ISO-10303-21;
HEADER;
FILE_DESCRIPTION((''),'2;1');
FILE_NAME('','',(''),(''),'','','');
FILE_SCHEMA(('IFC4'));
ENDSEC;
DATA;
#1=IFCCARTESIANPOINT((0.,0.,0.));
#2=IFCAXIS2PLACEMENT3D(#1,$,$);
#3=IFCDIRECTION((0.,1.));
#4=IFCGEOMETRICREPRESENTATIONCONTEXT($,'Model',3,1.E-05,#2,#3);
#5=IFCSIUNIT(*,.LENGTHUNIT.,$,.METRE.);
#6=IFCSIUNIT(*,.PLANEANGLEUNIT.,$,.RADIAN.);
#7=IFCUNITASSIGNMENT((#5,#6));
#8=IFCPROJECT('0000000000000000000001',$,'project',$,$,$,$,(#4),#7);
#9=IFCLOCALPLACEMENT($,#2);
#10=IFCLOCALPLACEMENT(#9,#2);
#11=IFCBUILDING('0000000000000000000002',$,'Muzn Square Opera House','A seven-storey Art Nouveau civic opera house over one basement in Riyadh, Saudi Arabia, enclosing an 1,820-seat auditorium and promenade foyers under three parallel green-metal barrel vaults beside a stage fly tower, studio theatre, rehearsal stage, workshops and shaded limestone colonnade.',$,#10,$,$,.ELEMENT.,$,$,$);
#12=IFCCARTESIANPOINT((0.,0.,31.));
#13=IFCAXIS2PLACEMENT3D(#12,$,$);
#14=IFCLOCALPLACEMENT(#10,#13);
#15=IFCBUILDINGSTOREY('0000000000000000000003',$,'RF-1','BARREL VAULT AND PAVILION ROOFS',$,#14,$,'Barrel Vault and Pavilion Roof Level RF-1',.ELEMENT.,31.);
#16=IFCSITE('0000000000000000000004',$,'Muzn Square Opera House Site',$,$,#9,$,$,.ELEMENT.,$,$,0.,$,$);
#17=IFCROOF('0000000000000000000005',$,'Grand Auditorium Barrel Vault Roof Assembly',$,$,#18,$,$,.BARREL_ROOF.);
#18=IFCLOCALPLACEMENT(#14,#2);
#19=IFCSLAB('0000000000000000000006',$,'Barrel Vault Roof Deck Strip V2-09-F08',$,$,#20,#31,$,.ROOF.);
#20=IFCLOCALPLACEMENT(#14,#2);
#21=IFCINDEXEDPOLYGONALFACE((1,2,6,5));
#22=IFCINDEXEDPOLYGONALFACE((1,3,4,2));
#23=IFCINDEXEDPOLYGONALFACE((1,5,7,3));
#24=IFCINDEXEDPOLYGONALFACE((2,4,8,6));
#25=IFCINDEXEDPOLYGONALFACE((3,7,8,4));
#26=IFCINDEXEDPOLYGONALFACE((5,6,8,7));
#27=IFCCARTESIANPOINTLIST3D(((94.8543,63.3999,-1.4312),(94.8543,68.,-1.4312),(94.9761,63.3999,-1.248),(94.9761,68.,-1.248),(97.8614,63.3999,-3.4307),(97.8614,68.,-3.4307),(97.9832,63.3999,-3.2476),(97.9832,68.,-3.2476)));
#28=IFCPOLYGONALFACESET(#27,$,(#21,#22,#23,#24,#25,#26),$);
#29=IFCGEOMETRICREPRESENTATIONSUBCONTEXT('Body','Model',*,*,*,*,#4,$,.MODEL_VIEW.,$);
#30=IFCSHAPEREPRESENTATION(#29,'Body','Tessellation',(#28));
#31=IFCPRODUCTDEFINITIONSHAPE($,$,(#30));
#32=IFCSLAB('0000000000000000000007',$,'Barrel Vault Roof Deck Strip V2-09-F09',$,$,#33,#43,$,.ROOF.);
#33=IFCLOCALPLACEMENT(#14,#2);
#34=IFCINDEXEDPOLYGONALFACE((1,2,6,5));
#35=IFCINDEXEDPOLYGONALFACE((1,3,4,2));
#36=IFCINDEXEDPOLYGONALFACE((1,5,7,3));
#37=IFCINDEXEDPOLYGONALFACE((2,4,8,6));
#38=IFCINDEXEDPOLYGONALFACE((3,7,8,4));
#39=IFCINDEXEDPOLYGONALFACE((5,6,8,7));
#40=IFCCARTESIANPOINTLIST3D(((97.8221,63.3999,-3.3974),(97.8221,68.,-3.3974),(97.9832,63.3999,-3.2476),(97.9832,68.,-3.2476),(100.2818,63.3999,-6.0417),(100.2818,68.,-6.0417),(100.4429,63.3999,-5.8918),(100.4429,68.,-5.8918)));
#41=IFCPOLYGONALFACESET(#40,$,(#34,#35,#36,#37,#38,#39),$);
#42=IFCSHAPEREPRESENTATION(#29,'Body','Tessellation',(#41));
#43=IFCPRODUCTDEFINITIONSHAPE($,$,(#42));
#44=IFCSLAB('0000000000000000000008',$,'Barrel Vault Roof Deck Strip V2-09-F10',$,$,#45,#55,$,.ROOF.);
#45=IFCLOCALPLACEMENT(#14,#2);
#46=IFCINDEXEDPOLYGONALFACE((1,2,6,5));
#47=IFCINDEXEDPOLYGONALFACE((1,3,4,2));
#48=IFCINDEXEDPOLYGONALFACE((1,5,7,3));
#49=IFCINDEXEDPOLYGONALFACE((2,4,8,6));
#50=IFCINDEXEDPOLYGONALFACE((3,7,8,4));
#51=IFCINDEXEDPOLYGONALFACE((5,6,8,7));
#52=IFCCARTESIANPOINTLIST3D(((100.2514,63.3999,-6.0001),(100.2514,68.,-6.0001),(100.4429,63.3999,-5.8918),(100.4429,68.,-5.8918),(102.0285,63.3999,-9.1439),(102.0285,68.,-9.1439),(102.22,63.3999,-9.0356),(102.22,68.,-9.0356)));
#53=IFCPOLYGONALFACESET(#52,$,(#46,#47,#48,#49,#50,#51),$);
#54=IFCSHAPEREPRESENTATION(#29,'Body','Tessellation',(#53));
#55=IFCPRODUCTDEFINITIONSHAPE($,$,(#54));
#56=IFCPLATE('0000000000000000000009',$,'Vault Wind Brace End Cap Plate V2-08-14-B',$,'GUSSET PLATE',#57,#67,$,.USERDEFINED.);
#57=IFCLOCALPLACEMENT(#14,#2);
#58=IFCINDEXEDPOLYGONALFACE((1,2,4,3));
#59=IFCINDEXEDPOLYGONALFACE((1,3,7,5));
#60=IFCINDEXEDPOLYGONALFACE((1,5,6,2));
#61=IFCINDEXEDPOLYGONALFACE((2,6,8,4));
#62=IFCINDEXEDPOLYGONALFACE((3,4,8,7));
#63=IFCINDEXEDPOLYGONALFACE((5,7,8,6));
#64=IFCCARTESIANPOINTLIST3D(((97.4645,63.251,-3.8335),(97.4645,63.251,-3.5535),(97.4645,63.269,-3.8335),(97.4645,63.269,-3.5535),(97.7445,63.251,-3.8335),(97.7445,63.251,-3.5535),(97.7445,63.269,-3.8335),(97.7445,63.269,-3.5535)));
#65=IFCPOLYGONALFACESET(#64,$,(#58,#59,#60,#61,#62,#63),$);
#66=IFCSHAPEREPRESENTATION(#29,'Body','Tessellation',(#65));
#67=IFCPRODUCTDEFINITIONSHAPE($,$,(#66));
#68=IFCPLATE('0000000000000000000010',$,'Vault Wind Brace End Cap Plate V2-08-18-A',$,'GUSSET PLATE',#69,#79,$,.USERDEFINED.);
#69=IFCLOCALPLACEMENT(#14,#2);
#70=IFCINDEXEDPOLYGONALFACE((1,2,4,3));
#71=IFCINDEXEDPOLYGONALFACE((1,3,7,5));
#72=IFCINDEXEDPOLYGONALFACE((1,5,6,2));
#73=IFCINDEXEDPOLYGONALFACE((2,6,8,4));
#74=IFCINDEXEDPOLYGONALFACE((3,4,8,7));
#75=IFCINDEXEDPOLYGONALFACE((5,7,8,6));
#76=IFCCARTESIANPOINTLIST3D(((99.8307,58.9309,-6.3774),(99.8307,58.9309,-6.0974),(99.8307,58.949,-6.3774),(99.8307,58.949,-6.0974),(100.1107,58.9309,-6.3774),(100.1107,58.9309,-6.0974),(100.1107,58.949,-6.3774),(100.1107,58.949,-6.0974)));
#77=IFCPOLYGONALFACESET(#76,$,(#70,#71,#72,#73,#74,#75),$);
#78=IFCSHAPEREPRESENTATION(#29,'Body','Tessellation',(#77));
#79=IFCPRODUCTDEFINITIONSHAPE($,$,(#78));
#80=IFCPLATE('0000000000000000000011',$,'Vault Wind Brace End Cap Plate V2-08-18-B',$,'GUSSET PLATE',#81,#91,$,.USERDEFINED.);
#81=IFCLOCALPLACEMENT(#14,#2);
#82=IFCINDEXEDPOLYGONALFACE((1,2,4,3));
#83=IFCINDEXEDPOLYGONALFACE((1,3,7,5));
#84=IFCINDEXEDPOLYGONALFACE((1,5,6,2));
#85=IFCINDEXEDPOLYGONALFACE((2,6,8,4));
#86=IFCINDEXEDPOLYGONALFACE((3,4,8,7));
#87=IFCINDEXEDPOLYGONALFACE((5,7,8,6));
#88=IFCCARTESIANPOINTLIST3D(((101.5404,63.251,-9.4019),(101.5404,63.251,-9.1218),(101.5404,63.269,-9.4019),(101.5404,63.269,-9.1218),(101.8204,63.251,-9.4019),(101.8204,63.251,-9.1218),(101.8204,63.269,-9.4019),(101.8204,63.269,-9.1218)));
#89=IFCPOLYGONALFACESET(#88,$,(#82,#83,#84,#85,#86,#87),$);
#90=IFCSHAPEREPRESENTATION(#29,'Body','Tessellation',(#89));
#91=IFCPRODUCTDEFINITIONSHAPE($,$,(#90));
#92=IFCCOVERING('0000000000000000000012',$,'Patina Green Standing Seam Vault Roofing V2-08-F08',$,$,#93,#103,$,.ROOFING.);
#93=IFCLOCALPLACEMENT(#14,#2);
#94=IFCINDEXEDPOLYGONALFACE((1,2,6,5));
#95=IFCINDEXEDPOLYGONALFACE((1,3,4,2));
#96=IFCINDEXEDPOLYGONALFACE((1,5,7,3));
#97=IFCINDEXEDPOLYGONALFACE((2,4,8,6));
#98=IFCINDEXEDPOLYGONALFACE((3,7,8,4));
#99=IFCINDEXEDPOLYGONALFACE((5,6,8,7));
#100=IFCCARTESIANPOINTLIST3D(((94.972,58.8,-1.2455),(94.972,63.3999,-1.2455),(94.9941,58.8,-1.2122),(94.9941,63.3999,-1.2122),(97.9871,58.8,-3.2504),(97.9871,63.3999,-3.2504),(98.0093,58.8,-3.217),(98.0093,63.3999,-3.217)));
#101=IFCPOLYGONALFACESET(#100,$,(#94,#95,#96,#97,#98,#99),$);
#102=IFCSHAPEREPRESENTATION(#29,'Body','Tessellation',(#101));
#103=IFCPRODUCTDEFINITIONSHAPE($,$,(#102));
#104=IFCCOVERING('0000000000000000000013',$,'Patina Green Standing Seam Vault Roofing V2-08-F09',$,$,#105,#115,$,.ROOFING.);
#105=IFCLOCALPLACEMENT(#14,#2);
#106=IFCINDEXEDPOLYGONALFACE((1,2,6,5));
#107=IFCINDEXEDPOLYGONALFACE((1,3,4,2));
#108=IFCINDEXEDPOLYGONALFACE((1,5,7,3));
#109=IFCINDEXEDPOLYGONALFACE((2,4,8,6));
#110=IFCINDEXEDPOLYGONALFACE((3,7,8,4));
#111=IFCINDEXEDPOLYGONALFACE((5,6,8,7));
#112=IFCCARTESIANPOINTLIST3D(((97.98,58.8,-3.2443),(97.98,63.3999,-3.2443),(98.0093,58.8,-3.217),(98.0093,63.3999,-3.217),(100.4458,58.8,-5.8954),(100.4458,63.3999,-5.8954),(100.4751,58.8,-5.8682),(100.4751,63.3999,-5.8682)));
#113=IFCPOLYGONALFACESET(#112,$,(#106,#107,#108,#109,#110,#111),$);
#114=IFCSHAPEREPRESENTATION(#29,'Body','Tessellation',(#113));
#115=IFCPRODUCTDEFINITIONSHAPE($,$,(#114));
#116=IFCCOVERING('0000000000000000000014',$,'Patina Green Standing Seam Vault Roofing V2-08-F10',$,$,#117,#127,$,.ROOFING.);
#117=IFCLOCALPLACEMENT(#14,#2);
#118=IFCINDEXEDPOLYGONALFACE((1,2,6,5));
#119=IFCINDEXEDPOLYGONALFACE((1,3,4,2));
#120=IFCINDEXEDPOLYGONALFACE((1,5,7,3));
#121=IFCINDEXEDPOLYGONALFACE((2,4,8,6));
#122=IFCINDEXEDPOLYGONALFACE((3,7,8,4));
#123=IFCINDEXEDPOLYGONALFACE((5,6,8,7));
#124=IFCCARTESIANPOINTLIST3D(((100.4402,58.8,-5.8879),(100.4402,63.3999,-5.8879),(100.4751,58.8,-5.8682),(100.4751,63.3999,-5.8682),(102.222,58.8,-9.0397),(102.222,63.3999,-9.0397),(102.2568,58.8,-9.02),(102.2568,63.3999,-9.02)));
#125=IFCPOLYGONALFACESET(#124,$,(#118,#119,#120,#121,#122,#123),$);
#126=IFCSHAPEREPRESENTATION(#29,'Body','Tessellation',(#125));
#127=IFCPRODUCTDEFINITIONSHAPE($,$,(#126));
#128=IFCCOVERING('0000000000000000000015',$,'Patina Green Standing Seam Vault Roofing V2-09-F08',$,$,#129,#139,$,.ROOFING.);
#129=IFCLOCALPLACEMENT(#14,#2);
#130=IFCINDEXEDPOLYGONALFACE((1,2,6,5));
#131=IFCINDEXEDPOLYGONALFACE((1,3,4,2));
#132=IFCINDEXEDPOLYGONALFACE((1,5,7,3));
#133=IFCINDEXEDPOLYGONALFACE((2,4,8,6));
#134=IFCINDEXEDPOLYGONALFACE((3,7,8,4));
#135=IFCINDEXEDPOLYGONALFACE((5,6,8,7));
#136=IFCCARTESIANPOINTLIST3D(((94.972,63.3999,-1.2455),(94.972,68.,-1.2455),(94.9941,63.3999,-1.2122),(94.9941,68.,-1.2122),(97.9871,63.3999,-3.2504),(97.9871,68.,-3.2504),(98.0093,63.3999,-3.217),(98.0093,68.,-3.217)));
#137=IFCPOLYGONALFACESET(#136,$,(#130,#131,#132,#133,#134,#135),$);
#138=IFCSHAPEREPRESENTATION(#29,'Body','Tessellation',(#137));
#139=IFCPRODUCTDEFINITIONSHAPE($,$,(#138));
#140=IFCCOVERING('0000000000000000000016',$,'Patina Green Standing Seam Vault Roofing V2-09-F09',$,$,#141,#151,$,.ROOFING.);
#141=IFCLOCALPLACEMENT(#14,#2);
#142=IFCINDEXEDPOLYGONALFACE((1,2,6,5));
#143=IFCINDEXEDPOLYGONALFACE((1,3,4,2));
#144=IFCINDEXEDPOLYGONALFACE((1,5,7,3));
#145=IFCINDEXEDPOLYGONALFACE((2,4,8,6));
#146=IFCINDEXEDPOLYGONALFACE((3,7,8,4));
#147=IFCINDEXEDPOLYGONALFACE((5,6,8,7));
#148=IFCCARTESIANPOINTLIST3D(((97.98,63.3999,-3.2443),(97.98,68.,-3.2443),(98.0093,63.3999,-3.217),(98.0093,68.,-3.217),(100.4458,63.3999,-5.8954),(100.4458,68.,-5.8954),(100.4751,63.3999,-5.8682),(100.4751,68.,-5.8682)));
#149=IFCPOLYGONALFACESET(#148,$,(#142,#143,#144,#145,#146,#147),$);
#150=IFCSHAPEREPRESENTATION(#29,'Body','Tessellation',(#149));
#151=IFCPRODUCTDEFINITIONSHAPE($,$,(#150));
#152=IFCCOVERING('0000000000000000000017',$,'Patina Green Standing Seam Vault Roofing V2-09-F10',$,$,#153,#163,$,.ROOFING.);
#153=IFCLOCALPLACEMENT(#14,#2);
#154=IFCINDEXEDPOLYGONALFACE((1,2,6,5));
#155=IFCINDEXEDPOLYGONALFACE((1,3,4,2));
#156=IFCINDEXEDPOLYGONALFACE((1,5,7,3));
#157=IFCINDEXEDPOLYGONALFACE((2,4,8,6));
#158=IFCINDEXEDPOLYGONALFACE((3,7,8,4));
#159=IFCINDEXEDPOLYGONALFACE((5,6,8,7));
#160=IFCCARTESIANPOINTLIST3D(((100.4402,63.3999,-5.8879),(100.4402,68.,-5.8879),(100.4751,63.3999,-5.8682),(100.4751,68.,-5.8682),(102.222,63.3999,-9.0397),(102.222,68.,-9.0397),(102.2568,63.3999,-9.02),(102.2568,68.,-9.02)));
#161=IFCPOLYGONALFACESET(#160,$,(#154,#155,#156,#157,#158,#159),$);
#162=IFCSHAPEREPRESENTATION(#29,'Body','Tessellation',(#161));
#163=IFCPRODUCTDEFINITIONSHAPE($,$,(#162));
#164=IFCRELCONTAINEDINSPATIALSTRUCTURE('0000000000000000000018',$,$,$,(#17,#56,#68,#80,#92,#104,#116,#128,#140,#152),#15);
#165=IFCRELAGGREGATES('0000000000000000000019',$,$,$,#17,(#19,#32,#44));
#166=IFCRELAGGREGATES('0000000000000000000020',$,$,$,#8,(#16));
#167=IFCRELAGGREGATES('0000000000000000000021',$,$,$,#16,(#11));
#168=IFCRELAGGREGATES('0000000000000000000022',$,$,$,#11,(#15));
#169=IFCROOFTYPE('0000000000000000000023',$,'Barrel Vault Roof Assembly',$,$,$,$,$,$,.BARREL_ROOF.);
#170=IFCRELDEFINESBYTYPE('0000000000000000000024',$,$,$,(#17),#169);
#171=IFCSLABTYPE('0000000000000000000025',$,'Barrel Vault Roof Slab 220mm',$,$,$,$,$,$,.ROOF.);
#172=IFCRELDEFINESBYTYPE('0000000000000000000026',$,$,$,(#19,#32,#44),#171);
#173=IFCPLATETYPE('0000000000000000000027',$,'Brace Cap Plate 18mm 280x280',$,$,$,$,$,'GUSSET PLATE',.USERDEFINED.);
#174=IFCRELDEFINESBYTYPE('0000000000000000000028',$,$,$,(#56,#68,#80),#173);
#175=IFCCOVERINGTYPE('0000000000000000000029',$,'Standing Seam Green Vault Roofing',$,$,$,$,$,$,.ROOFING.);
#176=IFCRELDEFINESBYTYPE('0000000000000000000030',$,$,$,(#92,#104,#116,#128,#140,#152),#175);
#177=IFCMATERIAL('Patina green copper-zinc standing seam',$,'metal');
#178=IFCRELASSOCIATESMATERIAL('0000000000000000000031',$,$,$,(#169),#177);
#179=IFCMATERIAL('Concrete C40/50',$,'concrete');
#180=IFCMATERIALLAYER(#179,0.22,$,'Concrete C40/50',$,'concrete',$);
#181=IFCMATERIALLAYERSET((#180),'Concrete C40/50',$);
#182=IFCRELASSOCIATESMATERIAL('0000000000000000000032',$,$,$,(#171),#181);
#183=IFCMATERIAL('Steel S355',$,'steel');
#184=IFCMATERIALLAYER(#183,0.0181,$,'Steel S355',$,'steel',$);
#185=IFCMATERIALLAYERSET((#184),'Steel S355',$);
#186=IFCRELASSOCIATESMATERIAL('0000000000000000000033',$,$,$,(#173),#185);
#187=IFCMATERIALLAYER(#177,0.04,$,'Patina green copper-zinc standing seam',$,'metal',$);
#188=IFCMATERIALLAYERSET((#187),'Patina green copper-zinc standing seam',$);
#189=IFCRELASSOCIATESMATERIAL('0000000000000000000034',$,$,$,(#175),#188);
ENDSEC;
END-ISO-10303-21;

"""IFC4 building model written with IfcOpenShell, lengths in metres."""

from ifc_helpers import new_model, si_unit, direction, frame, origin, origin_2d, place, context, subcontext, project, spatial, polyline, rectangle, outline, extrude, material, layer, layer_set, type_object, element, aggregate, save


model = new_model("IFC4")

# Units and contexts
model_context = context("Model", 3, precision=1e-05, world=origin(), true_north=direction((0.0, 1.0)))
body_context = subcontext(model_context, "Body", "Model", "MODEL_VIEW")
ifc_project = project(units=[si_unit("LENGTHUNIT", "METRE"), si_unit("PLANEANGLEUNIT", "RADIAN")], contexts=[model_context])

# Site, building, storey
site_placement = place(None, origin())
site = spatial("IfcSite", under=ifc_project, at=site_placement, Name="Muzn Square Opera House Site", CompositionType="ELEMENT", RefElevation=0.0)
building_placement = place(site_placement, origin())
building = spatial("IfcBuilding", under=site, at=building_placement, Name="Muzn Square Opera House", Description="A seven-storey Art Nouveau civic opera house over one basement in Riyadh, Saudi Arabia, enclosing an 1,820-seat auditorium and promenade foyers under three parallel green-metal barrel vaults beside a stage fly tower, studio theatre, rehearsal stage, workshops and shaded limestone colonnade.", CompositionType="ELEMENT")
storey_placement = place(building_placement, frame((0.0, 0.0, 31.0)))
storey = spatial("IfcBuildingStorey", under=building, at=storey_placement, Name="RF-1", Description="BARREL VAULT AND PAVILION ROOFS", LongName="Barrel Vault and Pavilion Roof Level RF-1", CompositionType="ELEMENT", Elevation=31.0)

# Shared definitions
ifc_material_1 = material(Name="Steel S355", Category="steel")

# Roof, slabs
ifc_material_2 = material(Name="Patina green copper-zinc standing seam", Category="metal")
roof_type = type_object("IfcRoofType", Name="Barrel Vault Roof Assembly", PredefinedType="BARREL_ROOF", material=ifc_material_2)
roof_placement = place(storey_placement, origin())
roof = element("IfcRoof", 1, at=roof_placement, inside=storey, type_object=roof_type, Name="Grand Auditorium Barrel Vault Roof Assembly", PredefinedType="BARREL_ROOF")
ifc_material_3 = material(Name="Concrete C40/50", Category="concrete")
ifc_layer_1 = layer(ifc_material_3, 0.22, Name="Concrete C40/50", Category="concrete")
ifc_layer_set_1 = layer_set([ifc_layer_1], Name="Concrete C40/50")
slab_type = type_object("IfcSlabType", Name="Barrel Vault Roof Slab 220mm", PredefinedType="ROOF", material=ifc_layer_set_1)
slab_1_placement = place(storey_placement, frame((94.9761, 63.3999, -1.248), z_axis=(0.553701, 0.0, 0.832715), x_axis=(0.832715, 0.0, -0.553701)))
slab_1 = element("IfcSlab", 2, at=slab_1_placement, type_object=slab_type, Name="Barrel Vault Roof Deck Strip V2-09-F08", PredefinedType="ROOF", context=body_context, shape_type="SweptSolid", body=[
    extrude(outline(polyline([(0.0, 0.0), (3.6112, 0.0), (3.6112, 4.6001), (0.0, 4.6001), (0.0, 0.0)])), origin(), (0.0, 0.0, -1.0), 0.22),
])
slab_2_placement = place(storey_placement, frame((97.9832, 63.3999, -3.2476), z_axis=(0.732198, 0.0, 0.681091), x_axis=(0.681091, 0.0, -0.732198)))
slab_2 = element("IfcSlab", 3, at=slab_2_placement, type_object=slab_type, Name="Barrel Vault Roof Deck Strip V2-09-F09", PredefinedType="ROOF", context=body_context, shape_type="SweptSolid", body=[
    extrude(outline(polyline([(0.0, 0.0), (3.6114, 0.0), (3.6114, 4.6001), (0.0, 4.6001), (0.0, 0.0)])), origin(), (0.0, 0.0, -1.0), 0.22),
])
slab_3_placement = place(storey_placement, frame((100.4429, 63.3999, -5.8918), z_axis=(0.870543, 0.0, 0.492093), x_axis=(0.492093, 0.0, -0.870543)))
slab_3 = element("IfcSlab", 4, at=slab_3_placement, type_object=slab_type, Name="Barrel Vault Roof Deck Strip V2-09-F10", PredefinedType="ROOF", context=body_context, shape_type="SweptSolid", body=[
    extrude(outline(polyline([(0.0, 0.0), (3.6113, 0.0), (3.6113, 4.6001), (0.0, 4.6001), (0.0, 0.0)])), origin(), (0.0, 0.0, -1.0), 0.22),
])
aggregate(roof, [slab_1, slab_2, slab_3])

# Plates
ifc_layer_2 = layer(ifc_material_1, 0.0181, Name="Steel S355", Category="steel")
ifc_layer_set_2 = layer_set([ifc_layer_2], Name="Steel S355")
plate_type = type_object("IfcPlateType", Name="Brace Cap Plate 18mm 280x280", ElementType="GUSSET PLATE", PredefinedType="USERDEFINED", material=ifc_layer_set_2)
for number, where, z_axis, x_axis, name in (
    (5, (97.6045, 63.26, -3.8335), (0.0, 0.0, 1.0), (1.0, 0.0, 0.0), "Vault Wind Brace End Cap Plate V2-08-14-B"),
    (6, (99.9707, 58.9399, -6.3774), (0.0, 0.0, 1.0), (1.0, 0.0, 0.0), "Vault Wind Brace End Cap Plate V2-08-18-A"),
    (7, (101.6804, 63.26, -9.4019), (0.0, 0.0, 1.0), (1.0, 0.0, 0.0), "Vault Wind Brace End Cap Plate V2-08-18-B"),
):
    element("IfcPlate", number, at=place(storey_placement, frame(where, z_axis=z_axis, x_axis=x_axis)), inside=storey, type_object=plate_type, Name=name, ObjectType="GUSSET PLATE", PredefinedType="USERDEFINED", context=body_context, shape_type="SweptSolid", body=[
        extrude(rectangle(XDim=0.28, YDim=0.0181, at=origin_2d()), origin(), (0.0, 0.0, 1.0), 0.28),
    ])

# Coverings
ifc_layer_3 = layer(ifc_material_2, 0.04, Name="Patina green copper-zinc standing seam", Category="metal")
ifc_layer_set_3 = layer_set([ifc_layer_3], Name="Patina green copper-zinc standing seam")
covering_type = type_object("IfcCoveringType", Name="Standing Seam Green Vault Roofing", PredefinedType="ROOFING", material=ifc_layer_set_3)
covering_1_placement = place(storey_placement, frame((94.9941, 58.8, -1.2122), z_axis=(0.553704, 0.0, 0.832714), x_axis=(0.832714, 0.0, -0.553704)))
element("IfcCovering", 8, at=covering_1_placement, inside=storey, type_object=covering_type, Name="Patina Green Standing Seam Vault Roofing V2-08-F08", PredefinedType="ROOFING", context=body_context, shape_type="SweptSolid", body=[
    extrude(outline(polyline([(0.0, 0.0), (3.6209, 0.0), (3.6209, 4.5999), (0.0, 4.5999), (0.0, 0.0)])), origin(), (0.0, 0.0, -1.0), 0.04),
])
covering_2_placement = place(storey_placement, frame((98.0093, 58.8, -3.217), z_axis=(0.732234, 0.0, 0.681053), x_axis=(0.681053, 0.0, -0.732234)))
element("IfcCovering", 9, at=covering_2_placement, inside=storey, type_object=covering_type, Name="Patina Green Standing Seam Vault Roofing V2-08-F09", PredefinedType="ROOFING", context=body_context, shape_type="SweptSolid", body=[
    extrude(outline(polyline([(0.0, 0.0), (3.6206, 0.0), (3.6206, 4.5999), (0.0, 4.5999), (0.0, 0.0)])), origin(), (0.0, 0.0, -1.0), 0.04),
])
covering_3_placement = place(storey_placement, frame((100.4751, 58.8, -5.8682), z_axis=(0.870533, 0.0, 0.492111), x_axis=(0.492111, 0.0, -0.870533)))
element("IfcCovering", 10, at=covering_3_placement, inside=storey, type_object=covering_type, Name="Patina Green Standing Seam Vault Roofing V2-08-F10", PredefinedType="ROOFING", context=body_context, shape_type="SweptSolid", body=[
    extrude(outline(polyline([(0.0, 0.0), (3.6206, 0.0), (3.6206, 4.5999), (0.0, 4.5999), (0.0, 0.0)])), origin(), (0.0, 0.0, -1.0), 0.04),
])
covering_4_placement = place(storey_placement, frame((94.9941, 63.3999, -1.2122), z_axis=(0.553704, 0.0, 0.832714), x_axis=(0.832714, 0.0, -0.553704)))
element("IfcCovering", 11, at=covering_4_placement, inside=storey, type_object=covering_type, Name="Patina Green Standing Seam Vault Roofing V2-09-F08", PredefinedType="ROOFING", context=body_context, shape_type="SweptSolid", body=[
    extrude(outline(polyline([(0.0, 0.0), (3.6209, 0.0), (3.6209, 4.6001), (0.0, 4.6001), (0.0, 0.0)])), origin(), (0.0, 0.0, -1.0), 0.04),
])
covering_5_placement = place(storey_placement, frame((98.0093, 63.3999, -3.217), z_axis=(0.732234, 0.0, 0.681053), x_axis=(0.681053, 0.0, -0.732234)))
element("IfcCovering", 12, at=covering_5_placement, inside=storey, type_object=covering_type, Name="Patina Green Standing Seam Vault Roofing V2-09-F09", PredefinedType="ROOFING", context=body_context, shape_type="SweptSolid", body=[
    extrude(outline(polyline([(0.0, 0.0), (3.6206, 0.0), (3.6206, 4.6001), (0.0, 4.6001), (0.0, 0.0)])), origin(), (0.0, 0.0, -1.0), 0.04),
])
covering_6_placement = place(storey_placement, frame((100.4751, 63.3999, -5.8682), z_axis=(0.870533, 0.0, 0.492111), x_axis=(0.492111, 0.0, -0.870533)))
element("IfcCovering", 13, at=covering_6_placement, inside=storey, type_object=covering_type, Name="Patina Green Standing Seam Vault Roofing V2-09-F10", PredefinedType="ROOFING", context=body_context, shape_type="SweptSolid", body=[
    extrude(outline(polyline([(0.0, 0.0), (3.6206, 0.0), (3.6206, 4.6001), (0.0, 4.6001), (0.0, 0.0)])), origin(), (0.0, 0.0, -1.0), 0.04),
])

save(model, "model.ifc")
